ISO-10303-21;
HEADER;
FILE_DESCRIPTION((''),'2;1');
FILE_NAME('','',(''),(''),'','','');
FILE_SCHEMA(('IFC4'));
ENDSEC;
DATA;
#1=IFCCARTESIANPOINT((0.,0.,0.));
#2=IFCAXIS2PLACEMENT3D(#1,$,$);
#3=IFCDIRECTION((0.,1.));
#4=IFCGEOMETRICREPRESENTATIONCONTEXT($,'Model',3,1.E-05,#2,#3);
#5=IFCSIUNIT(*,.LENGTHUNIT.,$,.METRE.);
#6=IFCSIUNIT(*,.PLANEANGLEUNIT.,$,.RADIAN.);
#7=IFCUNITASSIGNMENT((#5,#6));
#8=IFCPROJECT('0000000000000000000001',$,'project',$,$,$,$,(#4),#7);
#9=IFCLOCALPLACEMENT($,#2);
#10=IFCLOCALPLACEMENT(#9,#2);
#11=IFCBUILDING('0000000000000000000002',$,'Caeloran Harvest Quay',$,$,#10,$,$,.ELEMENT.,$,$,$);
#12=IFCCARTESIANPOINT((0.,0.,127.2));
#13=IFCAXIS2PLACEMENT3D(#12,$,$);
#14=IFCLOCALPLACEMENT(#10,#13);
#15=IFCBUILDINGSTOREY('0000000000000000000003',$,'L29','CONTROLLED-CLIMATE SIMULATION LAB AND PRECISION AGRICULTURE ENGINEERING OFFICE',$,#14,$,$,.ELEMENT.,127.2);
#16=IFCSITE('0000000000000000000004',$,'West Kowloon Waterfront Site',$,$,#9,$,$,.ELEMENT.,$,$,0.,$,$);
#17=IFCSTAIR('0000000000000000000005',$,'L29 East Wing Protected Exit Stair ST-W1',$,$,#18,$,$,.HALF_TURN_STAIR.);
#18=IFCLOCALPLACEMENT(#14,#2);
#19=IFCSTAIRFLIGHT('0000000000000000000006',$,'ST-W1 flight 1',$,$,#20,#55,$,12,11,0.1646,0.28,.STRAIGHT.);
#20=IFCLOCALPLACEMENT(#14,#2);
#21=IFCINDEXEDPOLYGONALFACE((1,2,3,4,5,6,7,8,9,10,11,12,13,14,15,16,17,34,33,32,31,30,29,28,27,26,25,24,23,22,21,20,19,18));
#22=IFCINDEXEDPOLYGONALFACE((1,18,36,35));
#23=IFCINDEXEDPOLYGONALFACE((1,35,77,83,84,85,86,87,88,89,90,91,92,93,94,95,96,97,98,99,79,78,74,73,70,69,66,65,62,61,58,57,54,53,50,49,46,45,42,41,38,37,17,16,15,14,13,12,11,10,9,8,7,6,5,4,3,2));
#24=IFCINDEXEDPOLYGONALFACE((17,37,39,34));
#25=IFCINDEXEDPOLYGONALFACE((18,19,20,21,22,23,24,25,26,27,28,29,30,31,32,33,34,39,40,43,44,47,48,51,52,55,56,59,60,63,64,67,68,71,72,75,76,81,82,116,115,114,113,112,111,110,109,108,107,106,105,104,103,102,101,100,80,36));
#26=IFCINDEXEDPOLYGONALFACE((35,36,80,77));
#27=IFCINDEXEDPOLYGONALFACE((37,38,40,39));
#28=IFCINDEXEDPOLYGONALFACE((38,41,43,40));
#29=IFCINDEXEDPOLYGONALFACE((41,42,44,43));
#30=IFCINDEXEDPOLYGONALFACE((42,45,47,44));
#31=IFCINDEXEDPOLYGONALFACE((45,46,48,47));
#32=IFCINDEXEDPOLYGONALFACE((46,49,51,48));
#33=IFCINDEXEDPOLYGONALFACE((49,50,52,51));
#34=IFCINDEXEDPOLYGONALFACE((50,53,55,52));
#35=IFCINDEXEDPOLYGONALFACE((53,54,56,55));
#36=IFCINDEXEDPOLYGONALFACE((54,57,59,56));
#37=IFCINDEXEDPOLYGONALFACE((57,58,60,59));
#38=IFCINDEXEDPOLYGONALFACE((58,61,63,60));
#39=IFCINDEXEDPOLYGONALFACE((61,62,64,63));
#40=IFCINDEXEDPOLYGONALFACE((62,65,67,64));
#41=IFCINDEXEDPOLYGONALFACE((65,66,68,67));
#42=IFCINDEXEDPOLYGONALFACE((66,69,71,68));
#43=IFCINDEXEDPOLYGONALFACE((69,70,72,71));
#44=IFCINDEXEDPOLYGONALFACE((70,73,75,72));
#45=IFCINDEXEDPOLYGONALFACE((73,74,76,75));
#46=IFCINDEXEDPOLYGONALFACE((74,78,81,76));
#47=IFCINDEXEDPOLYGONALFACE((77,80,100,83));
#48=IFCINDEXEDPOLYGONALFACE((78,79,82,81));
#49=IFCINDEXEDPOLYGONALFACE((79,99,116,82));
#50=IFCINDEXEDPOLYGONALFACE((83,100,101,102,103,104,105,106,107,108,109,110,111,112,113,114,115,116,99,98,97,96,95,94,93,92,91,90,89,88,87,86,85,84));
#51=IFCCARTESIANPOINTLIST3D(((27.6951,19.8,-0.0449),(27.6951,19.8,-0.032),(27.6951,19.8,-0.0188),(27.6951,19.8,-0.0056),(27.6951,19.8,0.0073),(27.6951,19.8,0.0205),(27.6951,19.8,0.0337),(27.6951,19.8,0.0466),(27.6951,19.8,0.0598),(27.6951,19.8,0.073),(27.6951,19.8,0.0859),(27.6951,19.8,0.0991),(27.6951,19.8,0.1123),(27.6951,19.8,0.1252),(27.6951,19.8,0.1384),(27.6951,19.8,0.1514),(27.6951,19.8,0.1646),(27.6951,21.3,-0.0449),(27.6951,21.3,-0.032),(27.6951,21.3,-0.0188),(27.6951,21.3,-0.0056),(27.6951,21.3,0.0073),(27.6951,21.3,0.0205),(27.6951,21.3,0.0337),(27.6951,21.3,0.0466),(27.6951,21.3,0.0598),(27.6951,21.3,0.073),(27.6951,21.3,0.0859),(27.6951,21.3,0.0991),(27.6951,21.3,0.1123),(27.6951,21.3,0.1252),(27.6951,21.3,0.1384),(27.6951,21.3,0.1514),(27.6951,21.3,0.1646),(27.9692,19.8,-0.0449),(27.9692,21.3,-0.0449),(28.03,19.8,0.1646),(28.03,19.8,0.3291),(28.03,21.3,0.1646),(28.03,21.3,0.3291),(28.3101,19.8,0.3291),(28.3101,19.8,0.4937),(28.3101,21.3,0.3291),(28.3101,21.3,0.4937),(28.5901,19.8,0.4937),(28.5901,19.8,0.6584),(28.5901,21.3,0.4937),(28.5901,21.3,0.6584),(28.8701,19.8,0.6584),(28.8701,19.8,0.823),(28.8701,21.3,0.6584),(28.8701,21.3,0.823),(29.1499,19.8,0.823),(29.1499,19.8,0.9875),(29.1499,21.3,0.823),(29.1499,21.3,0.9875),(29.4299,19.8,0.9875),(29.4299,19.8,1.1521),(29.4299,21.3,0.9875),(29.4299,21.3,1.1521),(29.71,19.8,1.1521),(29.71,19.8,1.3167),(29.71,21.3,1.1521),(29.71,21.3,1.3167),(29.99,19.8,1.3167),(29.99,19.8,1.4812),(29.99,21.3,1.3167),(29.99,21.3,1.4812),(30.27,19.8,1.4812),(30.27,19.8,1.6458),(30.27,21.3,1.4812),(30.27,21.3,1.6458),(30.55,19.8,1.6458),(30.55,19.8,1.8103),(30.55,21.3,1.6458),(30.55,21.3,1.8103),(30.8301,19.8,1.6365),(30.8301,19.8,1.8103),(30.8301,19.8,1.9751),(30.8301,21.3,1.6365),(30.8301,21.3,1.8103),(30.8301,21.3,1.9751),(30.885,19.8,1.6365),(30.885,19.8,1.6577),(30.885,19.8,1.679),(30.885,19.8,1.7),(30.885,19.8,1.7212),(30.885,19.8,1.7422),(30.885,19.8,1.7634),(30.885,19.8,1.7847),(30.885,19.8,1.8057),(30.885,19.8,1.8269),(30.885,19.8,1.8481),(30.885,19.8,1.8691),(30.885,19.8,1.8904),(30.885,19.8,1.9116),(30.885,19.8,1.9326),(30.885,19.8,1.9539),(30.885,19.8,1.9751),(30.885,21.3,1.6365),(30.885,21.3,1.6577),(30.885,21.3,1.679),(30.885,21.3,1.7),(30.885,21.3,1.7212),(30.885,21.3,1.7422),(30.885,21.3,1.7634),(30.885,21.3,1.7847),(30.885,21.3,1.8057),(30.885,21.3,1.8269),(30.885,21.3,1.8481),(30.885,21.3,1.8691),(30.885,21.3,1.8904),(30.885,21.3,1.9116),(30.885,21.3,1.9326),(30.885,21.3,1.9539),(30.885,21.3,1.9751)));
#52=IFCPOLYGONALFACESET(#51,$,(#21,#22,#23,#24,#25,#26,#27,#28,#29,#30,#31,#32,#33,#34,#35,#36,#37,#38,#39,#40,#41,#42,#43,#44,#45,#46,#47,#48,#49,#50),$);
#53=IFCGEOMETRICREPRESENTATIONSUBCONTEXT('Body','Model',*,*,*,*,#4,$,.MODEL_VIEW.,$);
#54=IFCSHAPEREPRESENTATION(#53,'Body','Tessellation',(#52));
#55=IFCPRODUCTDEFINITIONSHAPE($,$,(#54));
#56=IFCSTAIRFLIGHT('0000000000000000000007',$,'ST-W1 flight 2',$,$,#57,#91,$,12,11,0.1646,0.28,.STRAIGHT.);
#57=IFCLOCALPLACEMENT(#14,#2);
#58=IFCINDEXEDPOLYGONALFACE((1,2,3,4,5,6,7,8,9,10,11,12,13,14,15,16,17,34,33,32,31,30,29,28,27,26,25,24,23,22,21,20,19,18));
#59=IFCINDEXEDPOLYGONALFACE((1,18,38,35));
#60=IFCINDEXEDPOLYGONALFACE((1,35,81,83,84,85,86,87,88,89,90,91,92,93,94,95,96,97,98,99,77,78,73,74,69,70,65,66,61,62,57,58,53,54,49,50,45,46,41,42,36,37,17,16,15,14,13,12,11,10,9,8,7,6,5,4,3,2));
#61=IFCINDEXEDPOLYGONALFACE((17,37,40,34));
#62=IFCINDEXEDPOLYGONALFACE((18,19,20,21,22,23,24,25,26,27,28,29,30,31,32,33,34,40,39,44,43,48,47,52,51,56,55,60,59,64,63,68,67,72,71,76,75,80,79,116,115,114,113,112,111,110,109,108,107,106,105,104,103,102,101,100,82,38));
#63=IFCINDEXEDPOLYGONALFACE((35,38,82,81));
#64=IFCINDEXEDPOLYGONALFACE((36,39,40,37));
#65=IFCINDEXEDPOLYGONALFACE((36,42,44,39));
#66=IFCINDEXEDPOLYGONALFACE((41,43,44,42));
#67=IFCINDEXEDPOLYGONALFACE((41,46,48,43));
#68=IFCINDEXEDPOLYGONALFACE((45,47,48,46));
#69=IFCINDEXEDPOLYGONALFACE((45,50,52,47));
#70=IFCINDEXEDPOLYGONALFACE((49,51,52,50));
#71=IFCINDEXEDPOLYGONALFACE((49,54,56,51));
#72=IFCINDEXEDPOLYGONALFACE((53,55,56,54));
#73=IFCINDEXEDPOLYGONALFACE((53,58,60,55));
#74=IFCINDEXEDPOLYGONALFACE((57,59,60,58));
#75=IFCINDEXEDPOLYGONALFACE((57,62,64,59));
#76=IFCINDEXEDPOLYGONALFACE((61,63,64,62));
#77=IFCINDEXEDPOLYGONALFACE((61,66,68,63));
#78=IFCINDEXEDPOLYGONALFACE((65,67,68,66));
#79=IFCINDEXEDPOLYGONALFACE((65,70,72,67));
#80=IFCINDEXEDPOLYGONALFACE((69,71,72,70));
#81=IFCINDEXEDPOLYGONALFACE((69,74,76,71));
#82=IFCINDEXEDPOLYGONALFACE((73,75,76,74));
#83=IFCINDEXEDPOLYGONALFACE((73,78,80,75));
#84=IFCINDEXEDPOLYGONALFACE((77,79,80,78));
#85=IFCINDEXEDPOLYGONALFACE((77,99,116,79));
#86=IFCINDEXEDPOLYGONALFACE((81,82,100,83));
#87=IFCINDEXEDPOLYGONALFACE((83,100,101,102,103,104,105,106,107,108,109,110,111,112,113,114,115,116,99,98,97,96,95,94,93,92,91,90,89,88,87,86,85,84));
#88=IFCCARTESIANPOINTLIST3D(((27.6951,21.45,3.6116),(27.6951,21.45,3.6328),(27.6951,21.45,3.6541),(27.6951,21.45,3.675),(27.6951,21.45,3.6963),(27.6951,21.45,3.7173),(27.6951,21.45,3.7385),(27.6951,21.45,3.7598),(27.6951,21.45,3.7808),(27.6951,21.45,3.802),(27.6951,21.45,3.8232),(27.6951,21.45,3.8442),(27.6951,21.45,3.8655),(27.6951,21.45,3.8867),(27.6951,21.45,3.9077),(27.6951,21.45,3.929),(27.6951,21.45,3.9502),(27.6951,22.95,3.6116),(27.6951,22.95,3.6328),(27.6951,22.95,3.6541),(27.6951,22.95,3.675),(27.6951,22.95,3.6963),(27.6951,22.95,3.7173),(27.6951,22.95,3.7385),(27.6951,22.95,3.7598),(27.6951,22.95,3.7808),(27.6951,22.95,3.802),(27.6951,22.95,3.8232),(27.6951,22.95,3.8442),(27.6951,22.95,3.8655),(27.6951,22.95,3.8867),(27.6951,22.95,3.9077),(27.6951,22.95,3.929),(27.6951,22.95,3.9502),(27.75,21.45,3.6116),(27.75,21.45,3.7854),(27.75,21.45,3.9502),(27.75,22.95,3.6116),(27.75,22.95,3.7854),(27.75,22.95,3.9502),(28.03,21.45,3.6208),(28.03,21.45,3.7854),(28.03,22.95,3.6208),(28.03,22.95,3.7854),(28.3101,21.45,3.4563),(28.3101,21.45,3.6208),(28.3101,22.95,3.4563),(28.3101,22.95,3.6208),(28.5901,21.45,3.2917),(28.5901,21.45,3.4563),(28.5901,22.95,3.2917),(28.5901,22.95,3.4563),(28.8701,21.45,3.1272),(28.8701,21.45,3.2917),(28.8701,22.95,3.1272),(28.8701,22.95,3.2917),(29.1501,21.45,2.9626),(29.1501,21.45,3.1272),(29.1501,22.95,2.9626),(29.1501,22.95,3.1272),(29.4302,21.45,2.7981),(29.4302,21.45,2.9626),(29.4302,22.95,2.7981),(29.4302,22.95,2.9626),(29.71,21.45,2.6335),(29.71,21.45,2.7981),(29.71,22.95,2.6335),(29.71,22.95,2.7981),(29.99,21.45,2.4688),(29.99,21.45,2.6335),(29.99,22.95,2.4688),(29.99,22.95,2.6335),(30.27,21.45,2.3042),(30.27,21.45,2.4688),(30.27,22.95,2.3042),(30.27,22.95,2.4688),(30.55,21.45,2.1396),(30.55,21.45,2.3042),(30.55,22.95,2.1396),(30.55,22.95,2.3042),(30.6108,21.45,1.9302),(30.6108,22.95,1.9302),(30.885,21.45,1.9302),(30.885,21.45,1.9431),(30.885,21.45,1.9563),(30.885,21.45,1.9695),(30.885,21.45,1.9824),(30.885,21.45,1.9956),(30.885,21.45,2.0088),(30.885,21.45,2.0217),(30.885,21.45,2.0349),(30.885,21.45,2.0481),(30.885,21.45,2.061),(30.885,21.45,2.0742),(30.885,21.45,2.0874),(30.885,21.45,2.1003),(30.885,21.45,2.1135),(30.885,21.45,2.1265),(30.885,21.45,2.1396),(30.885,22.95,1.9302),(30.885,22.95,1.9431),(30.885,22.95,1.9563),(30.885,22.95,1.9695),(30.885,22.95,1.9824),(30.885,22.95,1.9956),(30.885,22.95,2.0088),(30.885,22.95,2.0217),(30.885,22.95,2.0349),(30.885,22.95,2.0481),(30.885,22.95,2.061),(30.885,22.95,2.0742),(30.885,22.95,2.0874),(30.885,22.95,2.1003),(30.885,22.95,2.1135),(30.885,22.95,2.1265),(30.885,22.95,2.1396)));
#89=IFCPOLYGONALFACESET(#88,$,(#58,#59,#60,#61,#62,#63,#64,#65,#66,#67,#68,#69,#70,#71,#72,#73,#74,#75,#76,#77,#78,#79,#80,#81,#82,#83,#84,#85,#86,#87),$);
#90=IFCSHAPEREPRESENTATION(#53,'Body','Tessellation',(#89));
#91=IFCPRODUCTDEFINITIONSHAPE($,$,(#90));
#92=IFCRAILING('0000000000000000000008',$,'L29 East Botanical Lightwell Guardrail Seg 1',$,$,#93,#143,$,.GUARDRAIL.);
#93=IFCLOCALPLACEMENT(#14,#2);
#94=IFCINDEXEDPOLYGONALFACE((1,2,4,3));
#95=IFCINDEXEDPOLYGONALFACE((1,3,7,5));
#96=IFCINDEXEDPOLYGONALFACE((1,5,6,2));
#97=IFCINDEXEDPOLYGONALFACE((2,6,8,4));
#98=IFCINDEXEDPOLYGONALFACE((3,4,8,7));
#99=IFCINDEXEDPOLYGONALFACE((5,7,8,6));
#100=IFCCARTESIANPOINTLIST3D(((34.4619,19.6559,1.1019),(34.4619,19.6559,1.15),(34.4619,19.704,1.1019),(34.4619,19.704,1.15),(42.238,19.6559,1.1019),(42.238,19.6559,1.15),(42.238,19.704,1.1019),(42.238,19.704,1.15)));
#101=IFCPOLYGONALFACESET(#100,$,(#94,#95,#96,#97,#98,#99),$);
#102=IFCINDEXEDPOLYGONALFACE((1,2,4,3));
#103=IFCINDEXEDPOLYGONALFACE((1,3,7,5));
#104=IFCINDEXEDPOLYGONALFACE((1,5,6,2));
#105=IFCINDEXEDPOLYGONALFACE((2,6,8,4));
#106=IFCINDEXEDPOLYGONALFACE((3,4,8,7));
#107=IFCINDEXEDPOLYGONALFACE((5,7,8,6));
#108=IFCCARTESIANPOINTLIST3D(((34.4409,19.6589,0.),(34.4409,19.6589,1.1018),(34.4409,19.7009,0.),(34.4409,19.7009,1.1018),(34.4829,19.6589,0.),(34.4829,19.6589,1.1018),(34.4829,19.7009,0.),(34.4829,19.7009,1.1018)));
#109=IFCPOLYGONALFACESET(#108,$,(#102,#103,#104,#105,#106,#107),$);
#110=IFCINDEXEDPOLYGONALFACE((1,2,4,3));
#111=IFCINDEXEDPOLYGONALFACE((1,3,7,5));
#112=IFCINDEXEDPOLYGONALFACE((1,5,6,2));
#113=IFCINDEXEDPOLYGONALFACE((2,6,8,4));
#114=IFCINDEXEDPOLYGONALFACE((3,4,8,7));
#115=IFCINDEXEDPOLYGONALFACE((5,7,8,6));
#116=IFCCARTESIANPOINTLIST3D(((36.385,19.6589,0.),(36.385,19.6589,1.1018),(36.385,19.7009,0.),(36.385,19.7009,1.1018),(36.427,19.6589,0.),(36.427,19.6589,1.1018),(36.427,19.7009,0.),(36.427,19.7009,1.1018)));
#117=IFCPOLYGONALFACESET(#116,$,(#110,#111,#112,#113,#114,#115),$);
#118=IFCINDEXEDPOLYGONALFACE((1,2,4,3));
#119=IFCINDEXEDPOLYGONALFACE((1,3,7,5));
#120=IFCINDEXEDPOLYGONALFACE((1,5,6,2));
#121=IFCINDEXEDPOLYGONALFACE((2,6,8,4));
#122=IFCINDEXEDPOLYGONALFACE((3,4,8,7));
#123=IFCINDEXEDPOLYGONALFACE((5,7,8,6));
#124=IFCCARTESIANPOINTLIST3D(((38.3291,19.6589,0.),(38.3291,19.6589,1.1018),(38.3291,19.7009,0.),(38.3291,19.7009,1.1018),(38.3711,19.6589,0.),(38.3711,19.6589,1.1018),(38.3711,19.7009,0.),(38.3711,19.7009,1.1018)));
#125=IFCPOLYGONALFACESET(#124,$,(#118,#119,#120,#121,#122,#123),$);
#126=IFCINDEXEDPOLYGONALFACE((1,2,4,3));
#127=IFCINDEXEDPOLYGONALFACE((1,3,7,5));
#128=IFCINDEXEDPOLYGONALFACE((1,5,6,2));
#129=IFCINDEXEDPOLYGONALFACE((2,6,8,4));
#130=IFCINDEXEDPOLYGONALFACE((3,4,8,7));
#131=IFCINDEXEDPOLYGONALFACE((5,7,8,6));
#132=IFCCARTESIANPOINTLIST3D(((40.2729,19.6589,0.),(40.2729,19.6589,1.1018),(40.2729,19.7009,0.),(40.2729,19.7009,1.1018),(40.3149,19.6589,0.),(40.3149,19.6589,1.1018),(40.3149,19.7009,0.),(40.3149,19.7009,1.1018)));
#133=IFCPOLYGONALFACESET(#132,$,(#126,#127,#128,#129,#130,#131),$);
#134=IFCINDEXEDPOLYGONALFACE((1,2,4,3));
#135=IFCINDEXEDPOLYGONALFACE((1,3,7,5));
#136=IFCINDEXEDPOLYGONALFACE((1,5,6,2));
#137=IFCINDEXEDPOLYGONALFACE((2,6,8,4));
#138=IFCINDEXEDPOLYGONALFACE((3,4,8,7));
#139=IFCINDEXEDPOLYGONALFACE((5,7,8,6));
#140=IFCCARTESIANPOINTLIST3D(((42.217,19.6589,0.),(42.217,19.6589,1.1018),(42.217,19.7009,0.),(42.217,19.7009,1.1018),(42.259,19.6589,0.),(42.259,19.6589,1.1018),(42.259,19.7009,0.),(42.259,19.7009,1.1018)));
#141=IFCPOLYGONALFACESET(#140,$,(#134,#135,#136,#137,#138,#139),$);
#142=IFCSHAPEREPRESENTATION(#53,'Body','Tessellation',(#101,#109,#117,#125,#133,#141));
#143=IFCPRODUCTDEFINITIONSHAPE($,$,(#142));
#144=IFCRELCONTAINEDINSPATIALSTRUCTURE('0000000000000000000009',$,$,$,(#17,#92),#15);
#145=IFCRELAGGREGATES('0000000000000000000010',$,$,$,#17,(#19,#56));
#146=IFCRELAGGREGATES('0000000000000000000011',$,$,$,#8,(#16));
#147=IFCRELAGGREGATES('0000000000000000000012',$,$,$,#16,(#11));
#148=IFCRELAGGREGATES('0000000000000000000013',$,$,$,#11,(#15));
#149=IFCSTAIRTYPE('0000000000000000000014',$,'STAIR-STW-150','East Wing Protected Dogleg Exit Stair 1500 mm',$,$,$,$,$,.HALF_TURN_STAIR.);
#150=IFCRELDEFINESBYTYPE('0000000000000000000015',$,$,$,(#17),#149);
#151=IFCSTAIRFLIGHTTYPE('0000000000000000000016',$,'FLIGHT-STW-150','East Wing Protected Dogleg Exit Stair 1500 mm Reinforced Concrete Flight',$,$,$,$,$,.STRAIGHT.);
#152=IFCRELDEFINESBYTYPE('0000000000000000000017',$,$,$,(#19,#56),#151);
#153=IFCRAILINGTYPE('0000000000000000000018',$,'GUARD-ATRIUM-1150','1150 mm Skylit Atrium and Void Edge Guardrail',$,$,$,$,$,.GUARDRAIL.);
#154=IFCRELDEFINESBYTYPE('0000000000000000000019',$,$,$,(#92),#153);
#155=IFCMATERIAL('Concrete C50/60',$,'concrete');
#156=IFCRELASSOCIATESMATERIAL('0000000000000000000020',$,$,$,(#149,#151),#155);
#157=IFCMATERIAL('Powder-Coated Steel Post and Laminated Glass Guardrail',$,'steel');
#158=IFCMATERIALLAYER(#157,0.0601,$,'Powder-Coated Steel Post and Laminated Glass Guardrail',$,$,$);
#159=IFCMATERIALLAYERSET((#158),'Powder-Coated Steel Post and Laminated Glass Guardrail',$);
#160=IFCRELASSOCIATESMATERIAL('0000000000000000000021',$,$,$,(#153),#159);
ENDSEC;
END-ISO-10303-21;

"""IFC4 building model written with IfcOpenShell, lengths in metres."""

from ifc_helpers import new_model, si_unit, direction, frame, origin, origin_2d, place, context, subcontext, project, spatial, polyline, rectangle, outline, extrude, material, layer, layer_set, type_object, element, aggregate, save


model = new_model("IFC4")

# Units and contexts
model_context = context("Model", 3, precision=1e-05, world=origin(), true_north=direction((0.0, 1.0)))
body_context = subcontext(model_context, "Body", "Model", "MODEL_VIEW")
ifc_project = project(units=[si_unit("LENGTHUNIT", "METRE"), si_unit("PLANEANGLEUNIT", "RADIAN")], contexts=[model_context])

# Site, building, storey
site_placement = place(None, origin())
site = spatial("IfcSite", under=ifc_project, at=site_placement, Name="West Kowloon Waterfront Site", CompositionType="ELEMENT", RefElevation=0.0)
building_placement = place(site_placement, origin())
building = spatial("IfcBuilding", under=site, at=building_placement, Name="Caeloran Harvest Quay", CompositionType="ELEMENT")
storey_placement = place(building_placement, frame((0.0, 0.0, 127.2)))
storey = spatial("IfcBuildingStorey", under=building, at=storey_placement, Name="L29", Description="CONTROLLED-CLIMATE SIMULATION LAB AND PRECISION AGRICULTURE ENGINEERING OFFICE", CompositionType="ELEMENT", Elevation=127.2)

# Stair, stair flights
ifc_material_1 = material(Name="Concrete C50/60", Category="concrete")
stair_type = type_object("IfcStairType", Name="STAIR-STW-150", Description="East Wing Protected Dogleg Exit Stair 1500 mm", PredefinedType="HALF_TURN_STAIR", material=ifc_material_1)
stair_placement = place(storey_placement, origin())
stair = element("IfcStair", 1, at=stair_placement, inside=storey, type_object=stair_type, Name="L29 East Wing Protected Exit Stair ST-W1", PredefinedType="HALF_TURN_STAIR")
stair_flight_type = type_object("IfcStairFlightType", Name="FLIGHT-STW-150", Description="East Wing Protected Dogleg Exit Stair 1500 mm Reinforced Concrete Flight", PredefinedType="STRAIGHT", material=ifc_material_1)
stair_flight_1_placement = place(storey_placement, frame((27.75, 20.55, 0.0), z_axis=(0.0, 0.0, 1.0), x_axis=(1.0, 0.0, 0.0)))
stair_flight_1 = element("IfcStairFlight", 2, at=stair_flight_1_placement, type_object=stair_flight_type, Name="ST-W1 flight 1", NumberOfRisers=12, NumberOfTreads=11, PredefinedType="STRAIGHT", RiserHeight=0.1646, TreadLength=0.28, context=body_context, shape_type="SweptSolid", body=[
    extrude(outline(polyline([(-0.0549, -0.0449), (-0.0549, -0.032), (-0.0549, -0.0188), (-0.0549, -0.0056), (-0.0549, 0.0073), (-0.0549, 0.0205), (-0.0549, 0.0337), (-0.0549, 0.0466), (-0.0549, 0.0598), (-0.0549, 0.073), (-0.0549, 0.0859), (-0.0549, 0.0991), (-0.0549, 0.1123), (-0.0549, 0.1252), (-0.0549, 0.1384), (-0.0549, 0.1514), (-0.0549, 0.1646), (0.28, 0.1646), (0.28, 0.3291), (0.5601, 0.3291), (0.5601, 0.4937), (0.8401, 0.4937), (0.8401, 0.6584), (1.1201, 0.6584), (1.1201, 0.823), (1.3999, 0.823), (1.3999, 0.9875), (1.6799, 0.9875), (1.6799, 1.1521), (1.96, 1.1521), (1.96, 1.3167), (2.24, 1.3167), (2.24, 1.4812), (2.52, 1.4812), (2.52, 1.6458), (2.8, 1.6458), (2.8, 1.8103), (3.0801, 1.8103), (3.0801, 1.9751), (3.135, 1.9751), (3.135, 1.9539), (3.135, 1.9326), (3.135, 1.9116), (3.135, 1.8904), (3.135, 1.8691), (3.135, 1.8481), (3.135, 1.8269), (3.135, 1.8057), (3.135, 1.7847), (3.135, 1.7634), (3.135, 1.7422), (3.135, 1.7212), (3.135, 1.7), (3.135, 1.679), (3.135, 1.6577), (3.135, 1.6365), (3.0801, 1.6365), (0.2192, -0.0449), (-0.0549, -0.0449)])), frame((0.0, 0.75, 0.0), z_axis=(0.0, -1.0, 0.0), x_axis=(1.0, 0.0, 0.0)), (0.0, 0.0, 1.0), 1.5),
])
stair_flight_2_placement = place(storey_placement, frame((30.8301, 22.2, 1.9751), z_axis=(0.0, 0.0, 1.0), x_axis=(-1.0, 0.0, 0.0)))
stair_flight_2 = element("IfcStairFlight", 3, at=stair_flight_2_placement, type_object=stair_flight_type, Name="ST-W1 flight 2", NumberOfRisers=12, NumberOfTreads=11, PredefinedType="STRAIGHT", RiserHeight=0.1646, TreadLength=0.28, context=body_context, shape_type="SweptSolid", body=[
    extrude(outline(polyline([(-0.0549, -0.0449), (-0.0549, -0.032), (-0.0549, -0.0188), (-0.0549, -0.0056), (-0.0549, 0.0073), (-0.0549, 0.0205), (-0.0549, 0.0337), (-0.0549, 0.0466), (-0.0549, 0.0598), (-0.0549, 0.073), (-0.0549, 0.0859), (-0.0549, 0.0991), (-0.0549, 0.1123), (-0.0549, 0.1252), (-0.0549, 0.1384), (-0.0549, 0.1514), (-0.0549, 0.1646), (0.28, 0.1646), (0.28, 0.3291), (0.5601, 0.3291), (0.5601, 0.4937), (0.8401, 0.4937), (0.8401, 0.6584), (1.1201, 0.6584), (1.1201, 0.823), (1.3999, 0.823), (1.3999, 0.9875), (1.6799, 0.9875), (1.6799, 1.1521), (1.96, 1.1521), (1.96, 1.3167), (2.24, 1.3167), (2.24, 1.4812), (2.52, 1.4812), (2.52, 1.6458), (2.8, 1.6458), (2.8, 1.8103), (3.0801, 1.8103), (3.0801, 1.9751), (3.135, 1.9751), (3.135, 1.9539), (3.135, 1.9326), (3.135, 1.9116), (3.135, 1.8904), (3.135, 1.8691), (3.135, 1.8481), (3.135, 1.8269), (3.135, 1.8057), (3.135, 1.7847), (3.135, 1.7634), (3.135, 1.7422), (3.135, 1.7212), (3.135, 1.7), (3.135, 1.679), (3.135, 1.6577), (3.135, 1.6365), (3.0801, 1.6365), (0.2192, -0.0449), (-0.0549, -0.0449)])), frame((0.0, 0.75, 0.0), z_axis=(0.0, -1.0, 0.0), x_axis=(1.0, 0.0, 0.0)), (0.0, 0.0, 1.0), 1.5),
])
aggregate(stair, [stair_flight_1, stair_flight_2])

# Railing
ifc_material_2 = material(Name="Powder-Coated Steel Post and Laminated Glass Guardrail", Category="steel")
ifc_layer_1 = layer(ifc_material_2, 0.0601, Name="Powder-Coated Steel Post and Laminated Glass Guardrail")
ifc_layer_set_1 = layer_set([ifc_layer_1], Name="Powder-Coated Steel Post and Laminated Glass Guardrail")
railing_type_1 = type_object("IfcRailingType", Name="GUARD-ATRIUM-1150", Description="1150 mm Skylit Atrium and Void Edge Guardrail", PredefinedType="GUARDRAIL", material=ifc_layer_set_1)
railing_1_placement = place(storey_placement, frame((34.4619, 19.6799, 0.0)))
element("IfcRailing", 4, at=railing_1_placement, inside=storey, type_object=railing_type_1, Name="L29 East Botanical Lightwell Guardrail Seg 1", PredefinedType="GUARDRAIL", context=body_context, shape_type="SweptSolid", body=[
    extrude(rectangle(XDim=0.0481, YDim=0.0481, at=origin_2d()), frame((0.0, 0.0, 1.126), z_axis=(1.0, 0.0, 0.0), x_axis=(0.0, 1.0, 0.0)), (0.0, 0.0, 1.0), 7.7761),
    extrude(rectangle(XDim=0.042, YDim=0.042, at=origin_2d()), origin(), (0.0, 0.0, 1.0), 1.1018),
    extrude(rectangle(XDim=0.042, YDim=0.042, at=origin_2d()), frame((1.9441, 0.0, 0.0)), (0.0, 0.0, 1.0), 1.1018),
    extrude(rectangle(XDim=0.042, YDim=0.042, at=origin_2d()), frame((3.8882, 0.0, 0.0)), (0.0, 0.0, 1.0), 1.1018),
    extrude(rectangle(XDim=0.042, YDim=0.042, at=origin_2d()), frame((5.832, 0.0, 0.0)), (0.0, 0.0, 1.0), 1.1018),
    extrude(rectangle(XDim=0.042, YDim=0.042, at=origin_2d()), frame((7.7761, 0.0, 0.0)), (0.0, 0.0, 1.0), 1.1018),
])

save(model, "model.ifc")
